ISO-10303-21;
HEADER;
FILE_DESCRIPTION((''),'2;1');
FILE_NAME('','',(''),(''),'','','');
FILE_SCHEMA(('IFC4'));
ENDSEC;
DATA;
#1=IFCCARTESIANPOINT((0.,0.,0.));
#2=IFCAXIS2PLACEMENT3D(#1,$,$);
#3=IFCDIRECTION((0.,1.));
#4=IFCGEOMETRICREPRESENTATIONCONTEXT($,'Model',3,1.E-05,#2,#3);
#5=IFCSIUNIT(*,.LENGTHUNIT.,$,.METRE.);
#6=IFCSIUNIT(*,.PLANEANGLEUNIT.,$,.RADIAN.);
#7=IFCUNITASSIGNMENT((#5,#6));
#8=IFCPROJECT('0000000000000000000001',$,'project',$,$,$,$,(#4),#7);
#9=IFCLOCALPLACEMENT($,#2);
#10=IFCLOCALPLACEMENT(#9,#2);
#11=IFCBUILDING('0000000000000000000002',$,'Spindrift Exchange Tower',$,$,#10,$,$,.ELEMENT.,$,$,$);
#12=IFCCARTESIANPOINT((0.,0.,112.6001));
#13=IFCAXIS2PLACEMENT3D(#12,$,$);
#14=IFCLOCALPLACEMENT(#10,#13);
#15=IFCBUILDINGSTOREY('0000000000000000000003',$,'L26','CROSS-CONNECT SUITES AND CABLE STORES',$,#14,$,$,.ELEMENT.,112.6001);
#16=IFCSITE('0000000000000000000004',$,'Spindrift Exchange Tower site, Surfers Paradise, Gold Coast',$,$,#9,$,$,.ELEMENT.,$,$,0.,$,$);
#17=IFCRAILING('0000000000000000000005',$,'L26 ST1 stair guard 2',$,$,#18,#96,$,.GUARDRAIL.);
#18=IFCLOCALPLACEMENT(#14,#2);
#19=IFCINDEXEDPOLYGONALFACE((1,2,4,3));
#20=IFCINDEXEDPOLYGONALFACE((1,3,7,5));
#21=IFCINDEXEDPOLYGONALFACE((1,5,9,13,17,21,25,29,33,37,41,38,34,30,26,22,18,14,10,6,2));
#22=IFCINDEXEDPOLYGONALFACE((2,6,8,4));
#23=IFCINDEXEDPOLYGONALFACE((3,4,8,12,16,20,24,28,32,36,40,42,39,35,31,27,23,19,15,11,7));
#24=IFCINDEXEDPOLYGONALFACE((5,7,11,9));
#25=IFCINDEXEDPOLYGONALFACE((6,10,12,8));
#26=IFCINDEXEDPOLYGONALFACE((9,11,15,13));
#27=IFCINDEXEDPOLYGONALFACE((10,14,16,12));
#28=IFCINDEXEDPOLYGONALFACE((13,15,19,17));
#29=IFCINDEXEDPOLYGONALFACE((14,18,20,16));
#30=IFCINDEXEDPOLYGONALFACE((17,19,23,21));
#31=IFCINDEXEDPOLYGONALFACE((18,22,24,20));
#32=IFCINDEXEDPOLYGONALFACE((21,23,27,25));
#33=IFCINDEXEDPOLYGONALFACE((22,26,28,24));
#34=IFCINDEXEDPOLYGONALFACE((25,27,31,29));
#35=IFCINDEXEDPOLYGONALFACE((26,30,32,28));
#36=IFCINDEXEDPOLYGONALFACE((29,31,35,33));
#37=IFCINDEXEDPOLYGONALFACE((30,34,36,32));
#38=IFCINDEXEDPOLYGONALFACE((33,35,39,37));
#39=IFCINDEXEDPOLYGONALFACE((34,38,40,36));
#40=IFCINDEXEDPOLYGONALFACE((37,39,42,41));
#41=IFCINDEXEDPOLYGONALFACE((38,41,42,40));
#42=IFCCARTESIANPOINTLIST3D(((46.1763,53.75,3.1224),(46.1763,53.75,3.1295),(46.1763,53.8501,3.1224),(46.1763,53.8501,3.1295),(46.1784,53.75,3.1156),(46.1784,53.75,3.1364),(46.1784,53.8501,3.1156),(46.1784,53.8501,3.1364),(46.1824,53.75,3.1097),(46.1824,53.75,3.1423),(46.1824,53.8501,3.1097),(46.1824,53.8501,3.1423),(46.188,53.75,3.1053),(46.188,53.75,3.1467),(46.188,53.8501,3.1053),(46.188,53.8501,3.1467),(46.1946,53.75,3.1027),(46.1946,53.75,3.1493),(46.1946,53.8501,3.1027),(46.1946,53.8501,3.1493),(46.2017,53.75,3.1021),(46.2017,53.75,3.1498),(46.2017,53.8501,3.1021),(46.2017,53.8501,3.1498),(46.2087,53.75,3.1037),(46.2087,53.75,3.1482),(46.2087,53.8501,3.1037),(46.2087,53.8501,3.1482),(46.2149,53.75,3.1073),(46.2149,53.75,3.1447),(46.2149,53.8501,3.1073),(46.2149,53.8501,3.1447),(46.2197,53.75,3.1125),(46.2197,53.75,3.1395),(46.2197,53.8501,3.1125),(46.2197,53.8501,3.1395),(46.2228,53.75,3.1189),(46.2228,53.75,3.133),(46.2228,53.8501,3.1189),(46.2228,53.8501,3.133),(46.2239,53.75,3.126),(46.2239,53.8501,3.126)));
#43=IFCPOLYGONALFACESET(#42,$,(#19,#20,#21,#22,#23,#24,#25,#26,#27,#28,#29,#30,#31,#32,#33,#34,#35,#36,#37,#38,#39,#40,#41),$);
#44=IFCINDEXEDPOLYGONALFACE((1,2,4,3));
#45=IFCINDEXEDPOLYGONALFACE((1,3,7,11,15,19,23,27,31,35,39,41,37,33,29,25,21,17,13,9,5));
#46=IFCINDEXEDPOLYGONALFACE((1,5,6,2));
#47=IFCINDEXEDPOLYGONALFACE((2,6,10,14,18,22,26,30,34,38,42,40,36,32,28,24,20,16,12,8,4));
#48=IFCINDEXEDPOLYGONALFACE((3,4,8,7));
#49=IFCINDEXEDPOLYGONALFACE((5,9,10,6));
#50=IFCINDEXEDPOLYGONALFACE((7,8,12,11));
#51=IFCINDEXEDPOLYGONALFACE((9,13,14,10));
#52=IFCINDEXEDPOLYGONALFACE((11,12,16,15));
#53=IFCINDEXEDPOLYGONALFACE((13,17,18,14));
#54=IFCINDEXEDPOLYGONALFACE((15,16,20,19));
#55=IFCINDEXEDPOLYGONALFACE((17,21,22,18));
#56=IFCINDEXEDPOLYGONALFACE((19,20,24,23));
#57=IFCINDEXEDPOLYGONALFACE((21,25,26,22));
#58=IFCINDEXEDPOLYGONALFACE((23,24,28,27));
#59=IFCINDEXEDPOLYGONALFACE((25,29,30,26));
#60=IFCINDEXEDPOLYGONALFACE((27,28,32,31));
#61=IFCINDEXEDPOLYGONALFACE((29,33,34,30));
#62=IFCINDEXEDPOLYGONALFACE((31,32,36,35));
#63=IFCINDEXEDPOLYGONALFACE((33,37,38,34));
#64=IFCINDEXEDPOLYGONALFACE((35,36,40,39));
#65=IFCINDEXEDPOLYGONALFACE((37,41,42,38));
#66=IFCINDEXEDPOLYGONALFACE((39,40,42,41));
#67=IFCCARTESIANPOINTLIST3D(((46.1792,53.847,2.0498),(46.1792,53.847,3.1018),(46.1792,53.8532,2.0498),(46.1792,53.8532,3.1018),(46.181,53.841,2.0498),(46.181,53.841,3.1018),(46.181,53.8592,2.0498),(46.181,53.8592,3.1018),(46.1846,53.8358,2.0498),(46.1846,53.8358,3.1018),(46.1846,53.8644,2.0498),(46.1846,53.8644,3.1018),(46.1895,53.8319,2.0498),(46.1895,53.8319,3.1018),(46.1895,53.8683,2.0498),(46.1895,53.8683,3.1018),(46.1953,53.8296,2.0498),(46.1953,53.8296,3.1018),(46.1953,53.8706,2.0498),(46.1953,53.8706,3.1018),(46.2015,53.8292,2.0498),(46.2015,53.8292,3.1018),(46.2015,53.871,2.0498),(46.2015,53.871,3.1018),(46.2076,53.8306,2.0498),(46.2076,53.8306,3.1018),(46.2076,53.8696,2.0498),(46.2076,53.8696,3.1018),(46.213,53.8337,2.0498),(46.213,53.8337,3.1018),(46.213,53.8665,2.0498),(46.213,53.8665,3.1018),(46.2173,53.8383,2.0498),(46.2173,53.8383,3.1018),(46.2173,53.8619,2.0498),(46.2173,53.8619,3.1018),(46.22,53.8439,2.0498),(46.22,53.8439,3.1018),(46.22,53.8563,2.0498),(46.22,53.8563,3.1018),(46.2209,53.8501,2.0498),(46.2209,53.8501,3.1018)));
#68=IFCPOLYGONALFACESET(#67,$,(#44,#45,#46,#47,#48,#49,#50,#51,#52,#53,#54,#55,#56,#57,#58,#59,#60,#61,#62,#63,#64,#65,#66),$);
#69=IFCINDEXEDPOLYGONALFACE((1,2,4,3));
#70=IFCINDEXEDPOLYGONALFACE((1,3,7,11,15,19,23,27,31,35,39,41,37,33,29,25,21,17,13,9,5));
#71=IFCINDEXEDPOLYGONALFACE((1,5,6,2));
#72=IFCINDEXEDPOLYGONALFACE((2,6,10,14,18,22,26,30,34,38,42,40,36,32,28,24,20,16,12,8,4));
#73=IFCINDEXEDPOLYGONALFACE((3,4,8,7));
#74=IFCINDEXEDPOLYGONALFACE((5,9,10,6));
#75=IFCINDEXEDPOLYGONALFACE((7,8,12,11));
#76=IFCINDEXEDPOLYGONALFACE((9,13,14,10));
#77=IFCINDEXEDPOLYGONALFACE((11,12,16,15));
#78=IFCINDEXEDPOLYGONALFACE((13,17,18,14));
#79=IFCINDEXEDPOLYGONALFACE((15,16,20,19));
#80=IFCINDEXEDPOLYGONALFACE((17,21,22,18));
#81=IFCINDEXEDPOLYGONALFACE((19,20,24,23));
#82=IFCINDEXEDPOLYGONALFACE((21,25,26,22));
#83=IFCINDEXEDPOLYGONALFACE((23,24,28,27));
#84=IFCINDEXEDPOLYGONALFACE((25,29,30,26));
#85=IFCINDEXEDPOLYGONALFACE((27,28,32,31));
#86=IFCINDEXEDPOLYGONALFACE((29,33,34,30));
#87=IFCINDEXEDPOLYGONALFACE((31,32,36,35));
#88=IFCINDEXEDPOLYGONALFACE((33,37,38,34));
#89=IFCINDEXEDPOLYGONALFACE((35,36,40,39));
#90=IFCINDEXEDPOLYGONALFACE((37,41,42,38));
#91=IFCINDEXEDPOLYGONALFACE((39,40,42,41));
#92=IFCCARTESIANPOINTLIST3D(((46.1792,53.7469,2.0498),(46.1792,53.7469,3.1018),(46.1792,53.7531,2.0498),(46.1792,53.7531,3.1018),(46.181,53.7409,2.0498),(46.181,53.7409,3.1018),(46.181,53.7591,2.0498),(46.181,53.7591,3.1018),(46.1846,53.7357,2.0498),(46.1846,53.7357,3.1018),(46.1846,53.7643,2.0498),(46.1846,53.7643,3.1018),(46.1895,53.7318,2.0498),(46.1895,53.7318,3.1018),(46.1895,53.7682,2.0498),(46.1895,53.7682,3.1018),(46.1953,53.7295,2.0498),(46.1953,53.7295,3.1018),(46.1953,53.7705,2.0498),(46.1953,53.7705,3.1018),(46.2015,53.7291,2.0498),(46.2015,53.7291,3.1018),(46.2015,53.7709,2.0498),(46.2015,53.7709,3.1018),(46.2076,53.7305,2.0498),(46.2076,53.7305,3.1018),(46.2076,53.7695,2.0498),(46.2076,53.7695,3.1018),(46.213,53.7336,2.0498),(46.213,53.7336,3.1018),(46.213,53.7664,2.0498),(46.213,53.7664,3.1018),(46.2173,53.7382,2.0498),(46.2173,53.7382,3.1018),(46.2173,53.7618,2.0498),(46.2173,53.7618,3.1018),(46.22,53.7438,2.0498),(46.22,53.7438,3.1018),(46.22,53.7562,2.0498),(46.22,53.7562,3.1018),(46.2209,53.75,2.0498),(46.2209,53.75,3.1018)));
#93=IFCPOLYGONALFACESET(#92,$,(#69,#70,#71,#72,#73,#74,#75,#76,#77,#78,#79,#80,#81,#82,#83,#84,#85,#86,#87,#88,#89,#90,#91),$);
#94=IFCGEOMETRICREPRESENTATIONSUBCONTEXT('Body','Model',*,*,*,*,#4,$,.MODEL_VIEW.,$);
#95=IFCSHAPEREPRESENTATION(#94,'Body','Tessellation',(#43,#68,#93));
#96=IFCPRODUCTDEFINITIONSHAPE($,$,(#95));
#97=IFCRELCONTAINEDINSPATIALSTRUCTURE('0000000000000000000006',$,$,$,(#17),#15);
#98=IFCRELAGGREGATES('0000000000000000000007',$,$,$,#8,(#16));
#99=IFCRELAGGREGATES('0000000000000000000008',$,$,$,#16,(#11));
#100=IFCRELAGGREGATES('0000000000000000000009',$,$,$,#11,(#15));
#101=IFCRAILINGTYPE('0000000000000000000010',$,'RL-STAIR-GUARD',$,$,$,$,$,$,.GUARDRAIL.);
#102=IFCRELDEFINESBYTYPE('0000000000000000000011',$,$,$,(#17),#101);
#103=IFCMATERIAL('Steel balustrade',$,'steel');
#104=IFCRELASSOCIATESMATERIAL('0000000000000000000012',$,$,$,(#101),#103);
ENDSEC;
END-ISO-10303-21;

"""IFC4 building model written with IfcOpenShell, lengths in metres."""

from ifc_helpers import new_model, si_unit, direction, frame, origin, origin_2d, place, context, subcontext, project, spatial, circle, extrude, material, type_object, element, save


model = new_model("IFC4")

# Units and contexts
model_context = context("Model", 3, precision=1e-05, world=origin(), true_north=direction((0.0, 1.0)))
body_context = subcontext(model_context, "Body", "Model", "MODEL_VIEW")
ifc_project = project(units=[si_unit("LENGTHUNIT", "METRE"), si_unit("PLANEANGLEUNIT", "RADIAN")], contexts=[model_context])

# Site, building, storey
site_placement = place(None, origin())
site = spatial("IfcSite", under=ifc_project, at=site_placement, Name="Spindrift Exchange Tower site, Surfers Paradise, Gold Coast", CompositionType="ELEMENT", RefElevation=0.0)
building_placement = place(site_placement, origin())
building = spatial("IfcBuilding", under=site, at=building_placement, Name="Spindrift Exchange Tower", CompositionType="ELEMENT")
storey_placement = place(building_placement, frame((0.0, 0.0, 112.6001)))
storey = spatial("IfcBuildingStorey", under=building, at=storey_placement, Name="L26", Description="CROSS-CONNECT SUITES AND CABLE STORES", CompositionType="ELEMENT", Elevation=112.6001)

# Railing
ifc_material_1 = material(Name="Steel balustrade", Category="steel")
railing_type_1 = type_object("IfcRailingType", Name="RL-STAIR-GUARD", PredefinedType="GUARDRAIL", material=ifc_material_1)
railing_1_placement = place(storey_placement, frame((46.2, 53.8501, 2.0498)))
element("IfcRailing", 1, at=railing_1_placement, inside=storey, type_object=railing_type_1, Name="L26 ST1 stair guard 2", PredefinedType="GUARDRAIL", context=body_context, shape_type="SweptSolid", body=[
    extrude(circle(Radius=0.0239, at=origin_2d()), frame((0.0, 0.0, 1.0762), z_axis=(0.0, -1.0, 0.0), x_axis=(1.0, 0.0, 0.0)), (0.0, 0.0, 1.0), 0.1001),
    extrude(circle(Radius=0.021, at=origin_2d()), origin(), (0.0, 0.0, 1.0), 1.052),
    extrude(circle(Radius=0.021, at=origin_2d()), frame((0.0, -0.1001, 0.0)), (0.0, 0.0, 1.0), 1.052),
])

save(model, "model.ifc")
